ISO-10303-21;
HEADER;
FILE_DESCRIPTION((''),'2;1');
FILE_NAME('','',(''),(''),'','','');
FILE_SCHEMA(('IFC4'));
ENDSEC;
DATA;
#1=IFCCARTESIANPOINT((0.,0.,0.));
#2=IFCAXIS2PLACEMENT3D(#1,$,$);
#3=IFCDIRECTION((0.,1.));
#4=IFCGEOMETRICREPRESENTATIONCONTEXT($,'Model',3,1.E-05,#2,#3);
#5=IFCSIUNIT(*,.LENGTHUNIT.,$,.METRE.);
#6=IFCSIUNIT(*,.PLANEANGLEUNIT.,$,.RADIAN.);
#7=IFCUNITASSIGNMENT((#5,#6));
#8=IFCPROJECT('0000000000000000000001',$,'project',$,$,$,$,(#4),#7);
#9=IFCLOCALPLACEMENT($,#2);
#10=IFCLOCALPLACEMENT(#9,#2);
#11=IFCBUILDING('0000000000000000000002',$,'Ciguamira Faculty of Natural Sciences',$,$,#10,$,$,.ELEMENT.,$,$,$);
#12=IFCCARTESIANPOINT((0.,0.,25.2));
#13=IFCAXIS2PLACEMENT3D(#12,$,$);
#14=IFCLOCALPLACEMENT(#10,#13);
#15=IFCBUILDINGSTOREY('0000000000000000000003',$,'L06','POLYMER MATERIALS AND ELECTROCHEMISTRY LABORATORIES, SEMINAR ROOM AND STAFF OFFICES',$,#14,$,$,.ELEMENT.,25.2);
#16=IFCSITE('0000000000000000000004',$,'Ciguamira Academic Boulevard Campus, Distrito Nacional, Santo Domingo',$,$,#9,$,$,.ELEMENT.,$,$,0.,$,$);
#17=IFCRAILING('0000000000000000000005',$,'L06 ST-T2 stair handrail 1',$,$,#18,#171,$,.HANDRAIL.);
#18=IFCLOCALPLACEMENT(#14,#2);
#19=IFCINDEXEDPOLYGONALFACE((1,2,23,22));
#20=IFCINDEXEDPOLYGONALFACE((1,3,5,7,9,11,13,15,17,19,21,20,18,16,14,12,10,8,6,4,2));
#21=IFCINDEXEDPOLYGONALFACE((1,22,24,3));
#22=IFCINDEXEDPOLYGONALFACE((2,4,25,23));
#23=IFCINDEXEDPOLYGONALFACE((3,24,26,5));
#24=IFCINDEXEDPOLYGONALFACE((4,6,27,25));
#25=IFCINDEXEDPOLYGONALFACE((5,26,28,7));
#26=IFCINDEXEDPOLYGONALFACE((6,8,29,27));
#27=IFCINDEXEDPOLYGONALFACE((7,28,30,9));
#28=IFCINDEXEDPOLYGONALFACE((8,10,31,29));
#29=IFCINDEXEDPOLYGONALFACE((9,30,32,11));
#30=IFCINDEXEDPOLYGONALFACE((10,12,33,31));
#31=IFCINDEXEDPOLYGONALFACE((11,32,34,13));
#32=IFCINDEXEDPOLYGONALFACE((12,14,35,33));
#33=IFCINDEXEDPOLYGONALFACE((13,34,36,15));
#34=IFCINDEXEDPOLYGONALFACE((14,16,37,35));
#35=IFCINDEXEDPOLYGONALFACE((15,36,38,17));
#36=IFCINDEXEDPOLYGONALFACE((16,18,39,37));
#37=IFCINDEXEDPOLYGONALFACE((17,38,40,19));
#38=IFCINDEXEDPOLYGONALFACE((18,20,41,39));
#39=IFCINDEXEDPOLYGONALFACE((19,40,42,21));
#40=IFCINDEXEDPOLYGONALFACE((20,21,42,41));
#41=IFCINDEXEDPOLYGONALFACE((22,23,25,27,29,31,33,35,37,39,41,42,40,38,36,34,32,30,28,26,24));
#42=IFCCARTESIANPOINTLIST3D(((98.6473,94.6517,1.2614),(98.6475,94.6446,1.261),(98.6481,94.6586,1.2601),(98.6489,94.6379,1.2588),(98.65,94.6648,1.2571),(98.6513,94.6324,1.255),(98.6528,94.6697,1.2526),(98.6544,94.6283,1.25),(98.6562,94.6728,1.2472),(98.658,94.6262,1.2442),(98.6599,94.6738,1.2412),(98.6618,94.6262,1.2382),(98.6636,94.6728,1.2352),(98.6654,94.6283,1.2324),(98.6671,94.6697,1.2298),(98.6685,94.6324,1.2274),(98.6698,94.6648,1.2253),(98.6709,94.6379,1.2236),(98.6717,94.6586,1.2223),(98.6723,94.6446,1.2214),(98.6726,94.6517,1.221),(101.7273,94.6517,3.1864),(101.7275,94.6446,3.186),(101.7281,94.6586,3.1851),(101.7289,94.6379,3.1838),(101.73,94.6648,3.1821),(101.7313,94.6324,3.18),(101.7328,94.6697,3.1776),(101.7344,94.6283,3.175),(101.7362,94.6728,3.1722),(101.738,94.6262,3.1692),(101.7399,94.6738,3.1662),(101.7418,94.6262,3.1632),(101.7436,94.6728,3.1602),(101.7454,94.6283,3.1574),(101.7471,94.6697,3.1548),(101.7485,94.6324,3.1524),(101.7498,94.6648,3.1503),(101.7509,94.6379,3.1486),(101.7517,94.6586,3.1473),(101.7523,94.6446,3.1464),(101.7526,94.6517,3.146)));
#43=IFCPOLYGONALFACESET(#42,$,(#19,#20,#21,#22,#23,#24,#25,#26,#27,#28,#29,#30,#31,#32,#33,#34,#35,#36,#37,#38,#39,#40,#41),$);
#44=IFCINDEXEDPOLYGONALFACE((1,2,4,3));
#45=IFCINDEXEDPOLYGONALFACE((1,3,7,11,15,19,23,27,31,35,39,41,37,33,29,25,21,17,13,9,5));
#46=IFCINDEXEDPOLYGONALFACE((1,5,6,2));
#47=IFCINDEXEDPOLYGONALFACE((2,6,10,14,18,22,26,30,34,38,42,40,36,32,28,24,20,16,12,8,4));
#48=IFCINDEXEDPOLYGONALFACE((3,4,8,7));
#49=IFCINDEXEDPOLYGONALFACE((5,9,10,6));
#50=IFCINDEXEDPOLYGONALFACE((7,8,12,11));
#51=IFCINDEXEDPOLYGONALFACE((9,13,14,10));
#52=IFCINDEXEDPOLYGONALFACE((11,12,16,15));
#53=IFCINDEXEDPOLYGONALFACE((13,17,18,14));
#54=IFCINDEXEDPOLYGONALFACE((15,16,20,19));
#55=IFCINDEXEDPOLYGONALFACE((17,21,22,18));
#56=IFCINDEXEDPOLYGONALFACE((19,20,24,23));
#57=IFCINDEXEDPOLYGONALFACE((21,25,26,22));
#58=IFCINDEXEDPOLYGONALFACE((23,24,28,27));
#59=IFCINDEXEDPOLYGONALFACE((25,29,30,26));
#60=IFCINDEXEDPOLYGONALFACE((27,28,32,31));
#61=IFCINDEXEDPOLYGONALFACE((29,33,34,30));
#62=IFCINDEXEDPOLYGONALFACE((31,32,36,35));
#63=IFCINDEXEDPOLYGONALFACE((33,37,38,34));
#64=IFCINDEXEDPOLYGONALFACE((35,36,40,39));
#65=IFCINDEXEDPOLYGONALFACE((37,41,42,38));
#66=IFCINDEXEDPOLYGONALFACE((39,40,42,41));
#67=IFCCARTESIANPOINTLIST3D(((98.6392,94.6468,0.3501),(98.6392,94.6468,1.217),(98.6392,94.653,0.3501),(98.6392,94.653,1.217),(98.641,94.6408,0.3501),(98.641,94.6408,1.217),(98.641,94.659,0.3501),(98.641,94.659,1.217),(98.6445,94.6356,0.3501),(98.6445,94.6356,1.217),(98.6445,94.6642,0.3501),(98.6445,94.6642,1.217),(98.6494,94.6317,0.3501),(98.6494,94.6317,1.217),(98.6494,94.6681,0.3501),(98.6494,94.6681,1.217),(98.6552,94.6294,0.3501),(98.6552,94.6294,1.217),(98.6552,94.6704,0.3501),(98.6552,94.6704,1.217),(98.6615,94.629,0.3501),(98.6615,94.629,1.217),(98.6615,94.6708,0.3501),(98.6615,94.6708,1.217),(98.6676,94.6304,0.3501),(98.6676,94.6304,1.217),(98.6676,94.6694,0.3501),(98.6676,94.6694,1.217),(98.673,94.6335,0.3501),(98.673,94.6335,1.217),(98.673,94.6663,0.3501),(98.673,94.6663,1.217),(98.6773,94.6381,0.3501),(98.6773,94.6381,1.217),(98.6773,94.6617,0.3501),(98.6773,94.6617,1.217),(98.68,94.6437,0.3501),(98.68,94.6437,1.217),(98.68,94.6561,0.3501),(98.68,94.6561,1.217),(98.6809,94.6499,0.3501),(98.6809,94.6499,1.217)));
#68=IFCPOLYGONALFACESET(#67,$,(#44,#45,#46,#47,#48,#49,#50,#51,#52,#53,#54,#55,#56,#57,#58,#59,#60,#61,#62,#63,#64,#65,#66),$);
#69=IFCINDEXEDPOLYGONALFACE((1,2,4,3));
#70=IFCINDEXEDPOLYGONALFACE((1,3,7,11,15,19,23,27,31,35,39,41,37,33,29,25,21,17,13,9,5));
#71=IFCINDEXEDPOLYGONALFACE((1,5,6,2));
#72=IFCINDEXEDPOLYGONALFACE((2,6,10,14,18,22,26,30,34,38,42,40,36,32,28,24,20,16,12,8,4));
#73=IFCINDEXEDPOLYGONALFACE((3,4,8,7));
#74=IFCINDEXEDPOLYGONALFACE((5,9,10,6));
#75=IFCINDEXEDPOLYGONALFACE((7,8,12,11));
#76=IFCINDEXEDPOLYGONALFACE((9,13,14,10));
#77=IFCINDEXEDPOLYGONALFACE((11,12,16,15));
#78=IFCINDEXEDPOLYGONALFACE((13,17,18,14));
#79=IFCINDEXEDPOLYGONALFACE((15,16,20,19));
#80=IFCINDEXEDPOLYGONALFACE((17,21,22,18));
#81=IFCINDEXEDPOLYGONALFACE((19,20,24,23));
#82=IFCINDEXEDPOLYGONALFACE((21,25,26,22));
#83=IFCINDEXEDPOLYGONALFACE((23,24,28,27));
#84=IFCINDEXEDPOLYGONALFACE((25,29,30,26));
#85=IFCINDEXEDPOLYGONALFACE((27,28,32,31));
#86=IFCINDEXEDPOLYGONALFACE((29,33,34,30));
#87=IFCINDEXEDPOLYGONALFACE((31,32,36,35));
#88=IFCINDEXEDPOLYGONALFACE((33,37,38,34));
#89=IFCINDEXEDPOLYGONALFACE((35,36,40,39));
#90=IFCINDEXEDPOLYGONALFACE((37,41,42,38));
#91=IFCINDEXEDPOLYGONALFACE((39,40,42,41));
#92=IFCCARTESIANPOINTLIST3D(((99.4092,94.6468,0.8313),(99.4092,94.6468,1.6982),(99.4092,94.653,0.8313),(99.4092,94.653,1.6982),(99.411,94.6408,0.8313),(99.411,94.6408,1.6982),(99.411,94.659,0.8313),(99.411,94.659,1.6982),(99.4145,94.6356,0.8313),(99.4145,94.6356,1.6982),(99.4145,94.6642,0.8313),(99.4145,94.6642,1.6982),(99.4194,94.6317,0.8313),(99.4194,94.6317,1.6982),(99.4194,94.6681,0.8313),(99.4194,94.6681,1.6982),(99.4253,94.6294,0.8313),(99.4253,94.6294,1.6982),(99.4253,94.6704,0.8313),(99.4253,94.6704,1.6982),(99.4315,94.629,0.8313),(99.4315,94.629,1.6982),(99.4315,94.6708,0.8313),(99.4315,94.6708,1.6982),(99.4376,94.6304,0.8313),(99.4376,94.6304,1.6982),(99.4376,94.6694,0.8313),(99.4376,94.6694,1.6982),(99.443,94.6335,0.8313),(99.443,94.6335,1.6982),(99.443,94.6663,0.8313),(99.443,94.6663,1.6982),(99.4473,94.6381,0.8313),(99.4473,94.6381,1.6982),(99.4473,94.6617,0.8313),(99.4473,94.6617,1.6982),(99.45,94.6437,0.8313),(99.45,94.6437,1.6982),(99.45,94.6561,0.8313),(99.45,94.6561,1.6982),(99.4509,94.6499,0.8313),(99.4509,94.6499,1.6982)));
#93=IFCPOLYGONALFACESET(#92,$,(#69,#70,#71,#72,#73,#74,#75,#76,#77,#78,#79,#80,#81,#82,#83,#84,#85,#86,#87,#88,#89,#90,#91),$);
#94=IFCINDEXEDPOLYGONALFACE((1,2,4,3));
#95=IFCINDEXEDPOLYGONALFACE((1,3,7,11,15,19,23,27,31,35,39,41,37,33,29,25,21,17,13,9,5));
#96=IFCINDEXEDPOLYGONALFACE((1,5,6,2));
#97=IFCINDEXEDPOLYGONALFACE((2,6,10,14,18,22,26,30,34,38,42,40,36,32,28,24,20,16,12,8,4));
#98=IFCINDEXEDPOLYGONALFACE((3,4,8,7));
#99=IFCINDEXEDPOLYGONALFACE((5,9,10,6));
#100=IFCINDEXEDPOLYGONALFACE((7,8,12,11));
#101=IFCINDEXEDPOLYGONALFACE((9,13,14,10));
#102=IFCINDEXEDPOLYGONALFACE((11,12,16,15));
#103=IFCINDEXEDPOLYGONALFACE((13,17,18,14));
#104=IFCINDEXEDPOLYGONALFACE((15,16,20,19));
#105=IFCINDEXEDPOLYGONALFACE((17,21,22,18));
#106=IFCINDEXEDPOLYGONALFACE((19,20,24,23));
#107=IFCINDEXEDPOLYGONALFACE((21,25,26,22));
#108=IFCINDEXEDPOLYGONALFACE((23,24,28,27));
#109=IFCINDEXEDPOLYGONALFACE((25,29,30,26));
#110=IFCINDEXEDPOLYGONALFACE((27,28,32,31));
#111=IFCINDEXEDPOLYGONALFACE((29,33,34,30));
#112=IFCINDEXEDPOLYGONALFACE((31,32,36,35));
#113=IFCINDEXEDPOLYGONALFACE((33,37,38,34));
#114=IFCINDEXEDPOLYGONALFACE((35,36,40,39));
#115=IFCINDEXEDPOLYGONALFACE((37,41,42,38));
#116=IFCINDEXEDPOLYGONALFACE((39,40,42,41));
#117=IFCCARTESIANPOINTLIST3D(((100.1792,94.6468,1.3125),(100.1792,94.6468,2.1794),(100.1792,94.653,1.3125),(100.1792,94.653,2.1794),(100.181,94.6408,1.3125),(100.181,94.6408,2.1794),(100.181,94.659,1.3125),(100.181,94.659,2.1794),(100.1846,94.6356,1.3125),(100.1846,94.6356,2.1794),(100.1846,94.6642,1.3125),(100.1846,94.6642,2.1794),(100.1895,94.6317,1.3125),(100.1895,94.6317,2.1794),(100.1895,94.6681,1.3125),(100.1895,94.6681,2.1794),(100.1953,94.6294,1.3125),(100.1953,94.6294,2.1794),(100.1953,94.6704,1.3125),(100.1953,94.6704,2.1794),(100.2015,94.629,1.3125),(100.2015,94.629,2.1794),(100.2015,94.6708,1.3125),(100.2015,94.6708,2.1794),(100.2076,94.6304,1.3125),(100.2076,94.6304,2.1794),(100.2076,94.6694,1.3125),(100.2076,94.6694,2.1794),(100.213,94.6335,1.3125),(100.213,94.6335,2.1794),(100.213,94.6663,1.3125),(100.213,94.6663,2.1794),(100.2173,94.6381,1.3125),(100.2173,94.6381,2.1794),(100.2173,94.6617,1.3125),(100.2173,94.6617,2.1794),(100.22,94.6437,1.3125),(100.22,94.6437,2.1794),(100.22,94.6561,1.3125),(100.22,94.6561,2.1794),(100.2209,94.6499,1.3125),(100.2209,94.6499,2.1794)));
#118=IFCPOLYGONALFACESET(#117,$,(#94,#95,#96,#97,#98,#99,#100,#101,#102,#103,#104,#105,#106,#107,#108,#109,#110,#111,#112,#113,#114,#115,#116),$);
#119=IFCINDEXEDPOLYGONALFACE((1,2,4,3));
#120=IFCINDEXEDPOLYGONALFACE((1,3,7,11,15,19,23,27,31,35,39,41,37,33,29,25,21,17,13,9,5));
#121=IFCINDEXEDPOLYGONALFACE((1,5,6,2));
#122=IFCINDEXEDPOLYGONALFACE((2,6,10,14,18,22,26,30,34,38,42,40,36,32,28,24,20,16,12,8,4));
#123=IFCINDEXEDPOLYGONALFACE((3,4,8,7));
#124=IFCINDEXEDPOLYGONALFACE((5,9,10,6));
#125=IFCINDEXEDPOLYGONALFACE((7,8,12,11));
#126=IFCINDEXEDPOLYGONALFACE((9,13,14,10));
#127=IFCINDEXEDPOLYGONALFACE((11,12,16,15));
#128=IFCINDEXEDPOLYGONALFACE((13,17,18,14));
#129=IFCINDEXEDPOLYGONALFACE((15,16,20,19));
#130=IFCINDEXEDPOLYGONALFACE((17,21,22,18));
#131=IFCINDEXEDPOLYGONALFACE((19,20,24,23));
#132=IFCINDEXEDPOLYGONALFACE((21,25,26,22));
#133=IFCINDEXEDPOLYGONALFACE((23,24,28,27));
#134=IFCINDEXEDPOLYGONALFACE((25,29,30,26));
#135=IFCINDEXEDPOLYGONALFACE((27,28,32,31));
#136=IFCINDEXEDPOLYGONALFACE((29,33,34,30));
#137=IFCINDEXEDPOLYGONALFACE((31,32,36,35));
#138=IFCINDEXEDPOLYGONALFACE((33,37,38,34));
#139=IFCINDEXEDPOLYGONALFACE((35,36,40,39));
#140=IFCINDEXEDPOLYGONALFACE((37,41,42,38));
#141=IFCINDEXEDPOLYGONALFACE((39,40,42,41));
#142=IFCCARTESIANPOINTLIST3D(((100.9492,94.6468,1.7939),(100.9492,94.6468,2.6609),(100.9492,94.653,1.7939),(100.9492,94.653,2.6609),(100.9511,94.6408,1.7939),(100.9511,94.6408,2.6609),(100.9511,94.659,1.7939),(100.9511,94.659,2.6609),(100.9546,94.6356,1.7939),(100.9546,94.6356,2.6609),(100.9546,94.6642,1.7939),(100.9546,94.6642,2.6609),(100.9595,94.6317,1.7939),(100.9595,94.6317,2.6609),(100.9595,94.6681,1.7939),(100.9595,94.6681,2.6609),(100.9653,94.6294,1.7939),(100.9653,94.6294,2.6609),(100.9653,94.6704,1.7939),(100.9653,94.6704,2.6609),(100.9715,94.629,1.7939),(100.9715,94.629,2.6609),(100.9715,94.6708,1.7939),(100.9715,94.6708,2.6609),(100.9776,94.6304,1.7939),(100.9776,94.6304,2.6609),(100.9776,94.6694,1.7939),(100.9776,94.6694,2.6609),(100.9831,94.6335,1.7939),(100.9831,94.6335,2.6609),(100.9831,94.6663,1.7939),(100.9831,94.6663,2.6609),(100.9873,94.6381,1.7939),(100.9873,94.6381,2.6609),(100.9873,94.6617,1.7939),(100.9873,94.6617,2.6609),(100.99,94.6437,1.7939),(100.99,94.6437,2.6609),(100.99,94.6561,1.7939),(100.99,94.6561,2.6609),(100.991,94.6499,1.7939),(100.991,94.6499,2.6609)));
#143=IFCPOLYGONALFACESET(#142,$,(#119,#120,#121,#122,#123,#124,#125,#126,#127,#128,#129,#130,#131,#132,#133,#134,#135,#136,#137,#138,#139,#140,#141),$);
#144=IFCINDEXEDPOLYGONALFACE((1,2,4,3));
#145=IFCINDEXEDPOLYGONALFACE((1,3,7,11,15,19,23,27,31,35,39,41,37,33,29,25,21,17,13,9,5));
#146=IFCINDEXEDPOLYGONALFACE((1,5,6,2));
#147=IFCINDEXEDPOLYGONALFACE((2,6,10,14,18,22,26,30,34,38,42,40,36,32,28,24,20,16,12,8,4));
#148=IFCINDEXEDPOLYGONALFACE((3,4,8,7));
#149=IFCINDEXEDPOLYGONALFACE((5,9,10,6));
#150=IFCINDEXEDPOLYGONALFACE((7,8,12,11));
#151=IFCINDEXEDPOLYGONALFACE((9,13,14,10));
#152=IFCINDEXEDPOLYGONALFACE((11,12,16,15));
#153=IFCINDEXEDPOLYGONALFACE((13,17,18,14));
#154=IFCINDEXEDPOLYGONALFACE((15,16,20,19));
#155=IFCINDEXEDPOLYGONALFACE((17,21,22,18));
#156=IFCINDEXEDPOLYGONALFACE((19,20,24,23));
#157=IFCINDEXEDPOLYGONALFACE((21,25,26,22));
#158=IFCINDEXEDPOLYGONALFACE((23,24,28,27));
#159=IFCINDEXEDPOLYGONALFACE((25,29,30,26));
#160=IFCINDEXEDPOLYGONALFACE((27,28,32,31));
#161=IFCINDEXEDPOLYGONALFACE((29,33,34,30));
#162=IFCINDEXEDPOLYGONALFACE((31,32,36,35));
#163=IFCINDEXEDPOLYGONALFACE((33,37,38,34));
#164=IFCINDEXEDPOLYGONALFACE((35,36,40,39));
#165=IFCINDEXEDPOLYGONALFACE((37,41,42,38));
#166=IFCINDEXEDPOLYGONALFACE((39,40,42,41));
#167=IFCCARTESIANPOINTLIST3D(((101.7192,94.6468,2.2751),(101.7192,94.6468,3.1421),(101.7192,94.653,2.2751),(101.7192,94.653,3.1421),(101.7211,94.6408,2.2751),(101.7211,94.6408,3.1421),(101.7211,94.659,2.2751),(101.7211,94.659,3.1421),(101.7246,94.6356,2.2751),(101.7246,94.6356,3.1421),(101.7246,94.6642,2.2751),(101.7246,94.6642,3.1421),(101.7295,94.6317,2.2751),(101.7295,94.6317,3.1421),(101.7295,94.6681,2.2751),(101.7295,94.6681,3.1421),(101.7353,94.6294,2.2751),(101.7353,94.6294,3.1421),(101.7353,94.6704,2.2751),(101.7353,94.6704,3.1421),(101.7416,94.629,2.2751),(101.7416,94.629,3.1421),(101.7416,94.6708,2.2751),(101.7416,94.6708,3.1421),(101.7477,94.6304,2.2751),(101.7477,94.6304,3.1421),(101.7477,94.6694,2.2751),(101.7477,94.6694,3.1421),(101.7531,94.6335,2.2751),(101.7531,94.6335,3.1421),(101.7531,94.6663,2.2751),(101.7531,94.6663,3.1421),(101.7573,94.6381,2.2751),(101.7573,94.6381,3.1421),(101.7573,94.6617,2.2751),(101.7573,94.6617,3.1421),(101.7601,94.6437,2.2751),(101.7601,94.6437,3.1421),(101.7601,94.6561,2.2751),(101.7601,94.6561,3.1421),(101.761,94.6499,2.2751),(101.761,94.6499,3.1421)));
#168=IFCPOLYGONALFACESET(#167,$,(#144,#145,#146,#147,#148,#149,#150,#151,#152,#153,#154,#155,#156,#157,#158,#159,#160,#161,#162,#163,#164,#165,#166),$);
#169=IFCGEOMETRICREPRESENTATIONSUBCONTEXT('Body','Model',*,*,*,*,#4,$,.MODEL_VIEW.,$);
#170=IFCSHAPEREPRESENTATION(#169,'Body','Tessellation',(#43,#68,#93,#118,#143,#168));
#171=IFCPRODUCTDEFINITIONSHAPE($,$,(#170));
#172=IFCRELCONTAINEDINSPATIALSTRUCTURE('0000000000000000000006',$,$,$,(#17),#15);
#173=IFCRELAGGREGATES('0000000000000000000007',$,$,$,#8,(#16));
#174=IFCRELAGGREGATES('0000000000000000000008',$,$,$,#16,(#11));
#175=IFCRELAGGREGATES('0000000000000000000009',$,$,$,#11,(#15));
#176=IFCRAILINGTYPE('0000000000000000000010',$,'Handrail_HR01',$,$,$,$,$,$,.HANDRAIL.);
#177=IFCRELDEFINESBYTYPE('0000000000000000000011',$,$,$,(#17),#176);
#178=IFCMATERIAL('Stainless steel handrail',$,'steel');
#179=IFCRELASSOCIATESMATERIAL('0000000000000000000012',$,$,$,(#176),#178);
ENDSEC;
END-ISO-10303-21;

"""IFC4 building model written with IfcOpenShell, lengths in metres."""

from ifc_helpers import new_model, si_unit, direction, frame, origin, origin_2d, place, context, subcontext, project, spatial, circle, extrude, material, type_object, element, save


model = new_model("IFC4")

# Units and contexts
model_context = context("Model", 3, precision=1e-05, world=origin(), true_north=direction((0.0, 1.0)))
body_context = subcontext(model_context, "Body", "Model", "MODEL_VIEW")
ifc_project = project(units=[si_unit("LENGTHUNIT", "METRE"), si_unit("PLANEANGLEUNIT", "RADIAN")], contexts=[model_context])

# Site, building, storey
site_placement = place(None, origin())
site = spatial("IfcSite", under=ifc_project, at=site_placement, Name="Ciguamira Academic Boulevard Campus, Distrito Nacional, Santo Domingo", CompositionType="ELEMENT", RefElevation=0.0)
building_placement = place(site_placement, origin())
building = spatial("IfcBuilding", under=site, at=building_placement, Name="Ciguamira Faculty of Natural Sciences", CompositionType="ELEMENT")
storey_placement = place(building_placement, frame((0.0, 0.0, 25.2)))
storey = spatial("IfcBuildingStorey", under=building, at=storey_placement, Name="L06", Description="POLYMER MATERIALS AND ELECTROCHEMISTRY LABORATORIES, SEMINAR ROOM AND STAFF OFFICES", CompositionType="ELEMENT", Elevation=25.2)

# Railing
ifc_material_1 = material(Name="Stainless steel handrail", Category="steel")
railing_type_1 = type_object("IfcRailingType", Name="Handrail_HR01", PredefinedType="HANDRAIL", material=ifc_material_1)
railing_1_placement = place(storey_placement, frame((98.6599, 94.6499, 0.3501)))
element("IfcRailing", 1, at=railing_1_placement, inside=storey, type_object=railing_type_1, Name="L06 ST-T2 stair handrail 1", PredefinedType="HANDRAIL", context=body_context, shape_type="SweptSolid", body=[
    extrude(circle(Radius=0.0239, at=origin_2d()), frame((0.0, 0.0, 0.8911), z_axis=(0.847998, 0.0, 0.529999), x_axis=(0.0, 1.0, 0.0)), (0.0, 0.0, 1.0), 3.6321),
    extrude(circle(Radius=0.021, at=origin_2d()), origin(), (0.0, 0.0, 1.0), 0.8669),
    extrude(circle(Radius=0.021, at=origin_2d()), frame((0.77, 0.0, 0.4812)), (0.0, 0.0, 1.0), 0.8669),
    extrude(circle(Radius=0.021, at=origin_2d()), frame((1.54, 0.0, 0.9624)), (0.0, 0.0, 1.0), 0.8669),
    extrude(circle(Radius=0.021, at=origin_2d()), frame((2.3101, 0.0, 1.4438)), (0.0, 0.0, 1.0), 0.8669),
    extrude(circle(Radius=0.021, at=origin_2d()), frame((3.0801, 0.0, 1.925)), (0.0, 0.0, 1.0), 0.8669),
])

save(model, "model.ifc")
